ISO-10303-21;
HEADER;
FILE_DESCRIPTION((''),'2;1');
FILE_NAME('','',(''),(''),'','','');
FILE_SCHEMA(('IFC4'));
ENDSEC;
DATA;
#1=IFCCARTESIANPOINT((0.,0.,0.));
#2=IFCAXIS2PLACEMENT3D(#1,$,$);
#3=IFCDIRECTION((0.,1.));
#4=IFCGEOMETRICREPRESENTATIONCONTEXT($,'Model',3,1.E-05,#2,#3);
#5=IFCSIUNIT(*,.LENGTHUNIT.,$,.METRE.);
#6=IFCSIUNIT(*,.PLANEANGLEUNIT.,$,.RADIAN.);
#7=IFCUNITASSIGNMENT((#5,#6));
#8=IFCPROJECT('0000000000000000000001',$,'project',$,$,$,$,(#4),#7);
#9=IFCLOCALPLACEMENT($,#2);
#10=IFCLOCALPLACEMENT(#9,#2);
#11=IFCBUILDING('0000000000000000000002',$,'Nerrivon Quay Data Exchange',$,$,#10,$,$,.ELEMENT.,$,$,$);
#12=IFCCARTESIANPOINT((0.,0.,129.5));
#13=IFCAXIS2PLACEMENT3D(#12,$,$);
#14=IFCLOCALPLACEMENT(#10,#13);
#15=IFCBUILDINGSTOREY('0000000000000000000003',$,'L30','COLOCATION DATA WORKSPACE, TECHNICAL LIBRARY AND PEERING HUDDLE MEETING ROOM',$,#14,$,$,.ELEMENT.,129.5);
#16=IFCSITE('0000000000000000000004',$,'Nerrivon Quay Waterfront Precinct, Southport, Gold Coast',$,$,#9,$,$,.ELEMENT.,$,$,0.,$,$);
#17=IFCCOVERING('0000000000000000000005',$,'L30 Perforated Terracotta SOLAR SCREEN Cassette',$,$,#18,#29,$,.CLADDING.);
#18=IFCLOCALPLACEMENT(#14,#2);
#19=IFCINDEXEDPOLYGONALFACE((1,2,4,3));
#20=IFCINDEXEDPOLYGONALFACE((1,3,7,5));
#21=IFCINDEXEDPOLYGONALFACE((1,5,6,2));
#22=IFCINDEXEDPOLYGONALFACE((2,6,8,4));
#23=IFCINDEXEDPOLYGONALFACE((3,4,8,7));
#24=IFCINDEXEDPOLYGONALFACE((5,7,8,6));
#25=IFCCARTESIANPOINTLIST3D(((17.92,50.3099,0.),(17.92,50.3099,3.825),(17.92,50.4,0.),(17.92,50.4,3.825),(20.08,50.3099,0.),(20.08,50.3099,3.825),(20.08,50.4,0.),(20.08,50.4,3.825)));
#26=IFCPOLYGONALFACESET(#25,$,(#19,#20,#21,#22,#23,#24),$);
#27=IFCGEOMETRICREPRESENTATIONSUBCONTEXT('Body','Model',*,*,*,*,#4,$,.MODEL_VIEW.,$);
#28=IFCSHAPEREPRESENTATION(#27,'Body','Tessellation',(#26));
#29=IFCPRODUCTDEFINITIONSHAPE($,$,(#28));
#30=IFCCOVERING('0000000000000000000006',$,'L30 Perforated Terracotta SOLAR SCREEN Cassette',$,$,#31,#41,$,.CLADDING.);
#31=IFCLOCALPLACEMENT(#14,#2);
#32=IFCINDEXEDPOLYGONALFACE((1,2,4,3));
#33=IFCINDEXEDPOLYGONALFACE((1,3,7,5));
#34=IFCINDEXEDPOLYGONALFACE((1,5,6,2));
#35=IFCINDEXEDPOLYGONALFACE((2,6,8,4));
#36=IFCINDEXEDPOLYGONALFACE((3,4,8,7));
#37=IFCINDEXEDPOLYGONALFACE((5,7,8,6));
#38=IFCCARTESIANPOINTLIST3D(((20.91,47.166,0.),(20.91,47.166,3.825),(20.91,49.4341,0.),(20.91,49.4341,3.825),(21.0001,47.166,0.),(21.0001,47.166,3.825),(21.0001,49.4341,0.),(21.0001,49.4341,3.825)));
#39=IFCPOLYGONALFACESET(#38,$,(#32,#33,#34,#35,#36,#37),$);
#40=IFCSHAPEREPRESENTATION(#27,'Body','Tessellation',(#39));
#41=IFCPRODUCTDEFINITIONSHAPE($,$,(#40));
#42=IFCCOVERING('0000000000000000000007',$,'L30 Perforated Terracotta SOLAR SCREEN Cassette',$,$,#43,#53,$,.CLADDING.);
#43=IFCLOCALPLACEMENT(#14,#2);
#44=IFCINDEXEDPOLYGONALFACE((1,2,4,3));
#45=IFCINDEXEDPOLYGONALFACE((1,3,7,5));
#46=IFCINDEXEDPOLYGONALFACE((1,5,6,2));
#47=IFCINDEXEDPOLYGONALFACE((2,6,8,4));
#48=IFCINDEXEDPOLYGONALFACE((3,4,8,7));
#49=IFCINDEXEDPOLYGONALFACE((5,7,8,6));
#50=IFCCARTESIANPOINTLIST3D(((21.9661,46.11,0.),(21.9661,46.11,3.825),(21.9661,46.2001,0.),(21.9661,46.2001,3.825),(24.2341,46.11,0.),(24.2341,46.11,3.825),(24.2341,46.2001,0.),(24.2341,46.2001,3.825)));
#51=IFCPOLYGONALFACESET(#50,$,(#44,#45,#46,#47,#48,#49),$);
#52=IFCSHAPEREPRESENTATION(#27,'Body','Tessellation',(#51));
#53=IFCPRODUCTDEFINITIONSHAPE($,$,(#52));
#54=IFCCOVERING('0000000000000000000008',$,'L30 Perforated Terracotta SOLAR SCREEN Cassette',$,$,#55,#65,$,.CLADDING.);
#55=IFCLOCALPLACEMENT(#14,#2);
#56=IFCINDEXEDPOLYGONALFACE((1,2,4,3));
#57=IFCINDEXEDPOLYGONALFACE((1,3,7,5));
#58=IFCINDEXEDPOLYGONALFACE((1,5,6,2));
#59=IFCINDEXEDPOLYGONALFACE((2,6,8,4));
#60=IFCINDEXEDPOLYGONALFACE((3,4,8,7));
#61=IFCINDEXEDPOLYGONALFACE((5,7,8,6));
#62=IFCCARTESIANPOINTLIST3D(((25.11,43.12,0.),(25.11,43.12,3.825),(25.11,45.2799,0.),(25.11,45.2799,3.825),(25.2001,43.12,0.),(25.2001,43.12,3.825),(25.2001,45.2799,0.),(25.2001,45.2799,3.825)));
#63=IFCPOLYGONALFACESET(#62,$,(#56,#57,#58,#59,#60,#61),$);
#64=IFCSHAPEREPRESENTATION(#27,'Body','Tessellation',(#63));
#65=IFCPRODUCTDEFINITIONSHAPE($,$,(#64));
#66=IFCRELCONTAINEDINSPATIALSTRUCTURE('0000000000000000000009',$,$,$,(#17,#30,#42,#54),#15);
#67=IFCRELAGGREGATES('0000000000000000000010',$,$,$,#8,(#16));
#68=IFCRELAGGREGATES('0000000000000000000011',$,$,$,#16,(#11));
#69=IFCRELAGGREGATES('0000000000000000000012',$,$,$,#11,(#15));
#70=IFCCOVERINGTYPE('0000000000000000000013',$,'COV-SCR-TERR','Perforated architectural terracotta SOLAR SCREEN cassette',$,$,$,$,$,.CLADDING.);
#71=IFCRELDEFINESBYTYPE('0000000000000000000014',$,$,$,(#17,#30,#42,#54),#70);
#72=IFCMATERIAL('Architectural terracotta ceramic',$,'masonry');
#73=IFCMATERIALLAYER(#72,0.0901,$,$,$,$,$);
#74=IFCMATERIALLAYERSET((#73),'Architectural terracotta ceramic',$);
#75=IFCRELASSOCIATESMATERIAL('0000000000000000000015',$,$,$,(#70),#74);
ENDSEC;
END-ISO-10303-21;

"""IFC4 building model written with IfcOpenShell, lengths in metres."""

from ifc_helpers import new_model, si_unit, direction, frame, origin, origin_2d, place, context, subcontext, project, spatial, rectangle, extrude, material, layer, layer_set, type_object, element, save


model = new_model("IFC4")

# Units and contexts
model_context = context("Model", 3, precision=1e-05, world=origin(), true_north=direction((0.0, 1.0)))
body_context = subcontext(model_context, "Body", "Model", "MODEL_VIEW")
ifc_project = project(units=[si_unit("LENGTHUNIT", "METRE"), si_unit("PLANEANGLEUNIT", "RADIAN")], contexts=[model_context])

# Site, building, storey
site_placement = place(None, origin())
site = spatial("IfcSite", under=ifc_project, at=site_placement, Name="Nerrivon Quay Waterfront Precinct, Southport, Gold Coast", CompositionType="ELEMENT", RefElevation=0.0)
building_placement = place(site_placement, origin())
building = spatial("IfcBuilding", under=site, at=building_placement, Name="Nerrivon Quay Data Exchange", CompositionType="ELEMENT")
storey_placement = place(building_placement, frame((0.0, 0.0, 129.5)))
storey = spatial("IfcBuildingStorey", under=building, at=storey_placement, Name="L30", Description="COLOCATION DATA WORKSPACE, TECHNICAL LIBRARY AND PEERING HUDDLE MEETING ROOM", CompositionType="ELEMENT", Elevation=129.5)

# Coverings
ifc_material_1 = material(Name="Architectural terracotta ceramic", Category="masonry")
ifc_layer_1 = layer(ifc_material_1, 0.0901)
ifc_layer_set_1 = layer_set([ifc_layer_1], Name="Architectural terracotta ceramic")
covering_type = type_object("IfcCoveringType", Name="COV-SCR-TERR", Description="Perforated architectural terracotta SOLAR SCREEN cassette", PredefinedType="CLADDING", material=ifc_layer_set_1)
covering_1_placement = place(storey_placement, frame((19.0, 50.355, 0.0), z_axis=(0.0, 0.0, 1.0), x_axis=(1.0, 0.0, 0.0)))
element("IfcCovering", 1, at=covering_1_placement, inside=storey, type_object=covering_type, Name="L30 Perforated Terracotta SOLAR SCREEN Cassette", PredefinedType="CLADDING", context=body_context, shape_type="SweptSolid", body=[
    extrude(rectangle(XDim=2.1599, YDim=0.0901, at=origin_2d()), origin(), (0.0, 0.0, 1.0), 3.825),
])
for number, where, z_axis, x_axis, name in (
    (2, (20.9551, 48.3, 0.0), (0.0, 0.0, 1.0), (0.0, -1.0, 0.0), "L30 Perforated Terracotta SOLAR SCREEN Cassette"),
    (3, (23.1001, 46.155, 0.0), (0.0, 0.0, 1.0), (1.0, 0.0, 0.0), "L30 Perforated Terracotta SOLAR SCREEN Cassette"),
):
    element("IfcCovering", number, at=place(storey_placement, frame(where, z_axis=z_axis, x_axis=x_axis)), inside=storey, type_object=covering_type, Name=name, PredefinedType="CLADDING", context=body_context, shape_type="SweptSolid", body=[
        extrude(rectangle(XDim=2.2681, YDim=0.0901, at=origin_2d()), origin(), (0.0, 0.0, 1.0), 3.825),
    ])
covering_2_placement = place(storey_placement, frame((25.155, 44.2, 0.0), z_axis=(0.0, 0.0, 1.0), x_axis=(0.0, -1.0, 0.0)))
element("IfcCovering", 4, at=covering_2_placement, inside=storey, type_object=covering_type, Name="L30 Perforated Terracotta SOLAR SCREEN Cassette", PredefinedType="CLADDING", context=body_context, shape_type="SweptSolid", body=[
    extrude(rectangle(XDim=2.1599, YDim=0.0901, at=origin_2d()), origin(), (0.0, 0.0, 1.0), 3.825),
])

save(model, "model.ifc")
